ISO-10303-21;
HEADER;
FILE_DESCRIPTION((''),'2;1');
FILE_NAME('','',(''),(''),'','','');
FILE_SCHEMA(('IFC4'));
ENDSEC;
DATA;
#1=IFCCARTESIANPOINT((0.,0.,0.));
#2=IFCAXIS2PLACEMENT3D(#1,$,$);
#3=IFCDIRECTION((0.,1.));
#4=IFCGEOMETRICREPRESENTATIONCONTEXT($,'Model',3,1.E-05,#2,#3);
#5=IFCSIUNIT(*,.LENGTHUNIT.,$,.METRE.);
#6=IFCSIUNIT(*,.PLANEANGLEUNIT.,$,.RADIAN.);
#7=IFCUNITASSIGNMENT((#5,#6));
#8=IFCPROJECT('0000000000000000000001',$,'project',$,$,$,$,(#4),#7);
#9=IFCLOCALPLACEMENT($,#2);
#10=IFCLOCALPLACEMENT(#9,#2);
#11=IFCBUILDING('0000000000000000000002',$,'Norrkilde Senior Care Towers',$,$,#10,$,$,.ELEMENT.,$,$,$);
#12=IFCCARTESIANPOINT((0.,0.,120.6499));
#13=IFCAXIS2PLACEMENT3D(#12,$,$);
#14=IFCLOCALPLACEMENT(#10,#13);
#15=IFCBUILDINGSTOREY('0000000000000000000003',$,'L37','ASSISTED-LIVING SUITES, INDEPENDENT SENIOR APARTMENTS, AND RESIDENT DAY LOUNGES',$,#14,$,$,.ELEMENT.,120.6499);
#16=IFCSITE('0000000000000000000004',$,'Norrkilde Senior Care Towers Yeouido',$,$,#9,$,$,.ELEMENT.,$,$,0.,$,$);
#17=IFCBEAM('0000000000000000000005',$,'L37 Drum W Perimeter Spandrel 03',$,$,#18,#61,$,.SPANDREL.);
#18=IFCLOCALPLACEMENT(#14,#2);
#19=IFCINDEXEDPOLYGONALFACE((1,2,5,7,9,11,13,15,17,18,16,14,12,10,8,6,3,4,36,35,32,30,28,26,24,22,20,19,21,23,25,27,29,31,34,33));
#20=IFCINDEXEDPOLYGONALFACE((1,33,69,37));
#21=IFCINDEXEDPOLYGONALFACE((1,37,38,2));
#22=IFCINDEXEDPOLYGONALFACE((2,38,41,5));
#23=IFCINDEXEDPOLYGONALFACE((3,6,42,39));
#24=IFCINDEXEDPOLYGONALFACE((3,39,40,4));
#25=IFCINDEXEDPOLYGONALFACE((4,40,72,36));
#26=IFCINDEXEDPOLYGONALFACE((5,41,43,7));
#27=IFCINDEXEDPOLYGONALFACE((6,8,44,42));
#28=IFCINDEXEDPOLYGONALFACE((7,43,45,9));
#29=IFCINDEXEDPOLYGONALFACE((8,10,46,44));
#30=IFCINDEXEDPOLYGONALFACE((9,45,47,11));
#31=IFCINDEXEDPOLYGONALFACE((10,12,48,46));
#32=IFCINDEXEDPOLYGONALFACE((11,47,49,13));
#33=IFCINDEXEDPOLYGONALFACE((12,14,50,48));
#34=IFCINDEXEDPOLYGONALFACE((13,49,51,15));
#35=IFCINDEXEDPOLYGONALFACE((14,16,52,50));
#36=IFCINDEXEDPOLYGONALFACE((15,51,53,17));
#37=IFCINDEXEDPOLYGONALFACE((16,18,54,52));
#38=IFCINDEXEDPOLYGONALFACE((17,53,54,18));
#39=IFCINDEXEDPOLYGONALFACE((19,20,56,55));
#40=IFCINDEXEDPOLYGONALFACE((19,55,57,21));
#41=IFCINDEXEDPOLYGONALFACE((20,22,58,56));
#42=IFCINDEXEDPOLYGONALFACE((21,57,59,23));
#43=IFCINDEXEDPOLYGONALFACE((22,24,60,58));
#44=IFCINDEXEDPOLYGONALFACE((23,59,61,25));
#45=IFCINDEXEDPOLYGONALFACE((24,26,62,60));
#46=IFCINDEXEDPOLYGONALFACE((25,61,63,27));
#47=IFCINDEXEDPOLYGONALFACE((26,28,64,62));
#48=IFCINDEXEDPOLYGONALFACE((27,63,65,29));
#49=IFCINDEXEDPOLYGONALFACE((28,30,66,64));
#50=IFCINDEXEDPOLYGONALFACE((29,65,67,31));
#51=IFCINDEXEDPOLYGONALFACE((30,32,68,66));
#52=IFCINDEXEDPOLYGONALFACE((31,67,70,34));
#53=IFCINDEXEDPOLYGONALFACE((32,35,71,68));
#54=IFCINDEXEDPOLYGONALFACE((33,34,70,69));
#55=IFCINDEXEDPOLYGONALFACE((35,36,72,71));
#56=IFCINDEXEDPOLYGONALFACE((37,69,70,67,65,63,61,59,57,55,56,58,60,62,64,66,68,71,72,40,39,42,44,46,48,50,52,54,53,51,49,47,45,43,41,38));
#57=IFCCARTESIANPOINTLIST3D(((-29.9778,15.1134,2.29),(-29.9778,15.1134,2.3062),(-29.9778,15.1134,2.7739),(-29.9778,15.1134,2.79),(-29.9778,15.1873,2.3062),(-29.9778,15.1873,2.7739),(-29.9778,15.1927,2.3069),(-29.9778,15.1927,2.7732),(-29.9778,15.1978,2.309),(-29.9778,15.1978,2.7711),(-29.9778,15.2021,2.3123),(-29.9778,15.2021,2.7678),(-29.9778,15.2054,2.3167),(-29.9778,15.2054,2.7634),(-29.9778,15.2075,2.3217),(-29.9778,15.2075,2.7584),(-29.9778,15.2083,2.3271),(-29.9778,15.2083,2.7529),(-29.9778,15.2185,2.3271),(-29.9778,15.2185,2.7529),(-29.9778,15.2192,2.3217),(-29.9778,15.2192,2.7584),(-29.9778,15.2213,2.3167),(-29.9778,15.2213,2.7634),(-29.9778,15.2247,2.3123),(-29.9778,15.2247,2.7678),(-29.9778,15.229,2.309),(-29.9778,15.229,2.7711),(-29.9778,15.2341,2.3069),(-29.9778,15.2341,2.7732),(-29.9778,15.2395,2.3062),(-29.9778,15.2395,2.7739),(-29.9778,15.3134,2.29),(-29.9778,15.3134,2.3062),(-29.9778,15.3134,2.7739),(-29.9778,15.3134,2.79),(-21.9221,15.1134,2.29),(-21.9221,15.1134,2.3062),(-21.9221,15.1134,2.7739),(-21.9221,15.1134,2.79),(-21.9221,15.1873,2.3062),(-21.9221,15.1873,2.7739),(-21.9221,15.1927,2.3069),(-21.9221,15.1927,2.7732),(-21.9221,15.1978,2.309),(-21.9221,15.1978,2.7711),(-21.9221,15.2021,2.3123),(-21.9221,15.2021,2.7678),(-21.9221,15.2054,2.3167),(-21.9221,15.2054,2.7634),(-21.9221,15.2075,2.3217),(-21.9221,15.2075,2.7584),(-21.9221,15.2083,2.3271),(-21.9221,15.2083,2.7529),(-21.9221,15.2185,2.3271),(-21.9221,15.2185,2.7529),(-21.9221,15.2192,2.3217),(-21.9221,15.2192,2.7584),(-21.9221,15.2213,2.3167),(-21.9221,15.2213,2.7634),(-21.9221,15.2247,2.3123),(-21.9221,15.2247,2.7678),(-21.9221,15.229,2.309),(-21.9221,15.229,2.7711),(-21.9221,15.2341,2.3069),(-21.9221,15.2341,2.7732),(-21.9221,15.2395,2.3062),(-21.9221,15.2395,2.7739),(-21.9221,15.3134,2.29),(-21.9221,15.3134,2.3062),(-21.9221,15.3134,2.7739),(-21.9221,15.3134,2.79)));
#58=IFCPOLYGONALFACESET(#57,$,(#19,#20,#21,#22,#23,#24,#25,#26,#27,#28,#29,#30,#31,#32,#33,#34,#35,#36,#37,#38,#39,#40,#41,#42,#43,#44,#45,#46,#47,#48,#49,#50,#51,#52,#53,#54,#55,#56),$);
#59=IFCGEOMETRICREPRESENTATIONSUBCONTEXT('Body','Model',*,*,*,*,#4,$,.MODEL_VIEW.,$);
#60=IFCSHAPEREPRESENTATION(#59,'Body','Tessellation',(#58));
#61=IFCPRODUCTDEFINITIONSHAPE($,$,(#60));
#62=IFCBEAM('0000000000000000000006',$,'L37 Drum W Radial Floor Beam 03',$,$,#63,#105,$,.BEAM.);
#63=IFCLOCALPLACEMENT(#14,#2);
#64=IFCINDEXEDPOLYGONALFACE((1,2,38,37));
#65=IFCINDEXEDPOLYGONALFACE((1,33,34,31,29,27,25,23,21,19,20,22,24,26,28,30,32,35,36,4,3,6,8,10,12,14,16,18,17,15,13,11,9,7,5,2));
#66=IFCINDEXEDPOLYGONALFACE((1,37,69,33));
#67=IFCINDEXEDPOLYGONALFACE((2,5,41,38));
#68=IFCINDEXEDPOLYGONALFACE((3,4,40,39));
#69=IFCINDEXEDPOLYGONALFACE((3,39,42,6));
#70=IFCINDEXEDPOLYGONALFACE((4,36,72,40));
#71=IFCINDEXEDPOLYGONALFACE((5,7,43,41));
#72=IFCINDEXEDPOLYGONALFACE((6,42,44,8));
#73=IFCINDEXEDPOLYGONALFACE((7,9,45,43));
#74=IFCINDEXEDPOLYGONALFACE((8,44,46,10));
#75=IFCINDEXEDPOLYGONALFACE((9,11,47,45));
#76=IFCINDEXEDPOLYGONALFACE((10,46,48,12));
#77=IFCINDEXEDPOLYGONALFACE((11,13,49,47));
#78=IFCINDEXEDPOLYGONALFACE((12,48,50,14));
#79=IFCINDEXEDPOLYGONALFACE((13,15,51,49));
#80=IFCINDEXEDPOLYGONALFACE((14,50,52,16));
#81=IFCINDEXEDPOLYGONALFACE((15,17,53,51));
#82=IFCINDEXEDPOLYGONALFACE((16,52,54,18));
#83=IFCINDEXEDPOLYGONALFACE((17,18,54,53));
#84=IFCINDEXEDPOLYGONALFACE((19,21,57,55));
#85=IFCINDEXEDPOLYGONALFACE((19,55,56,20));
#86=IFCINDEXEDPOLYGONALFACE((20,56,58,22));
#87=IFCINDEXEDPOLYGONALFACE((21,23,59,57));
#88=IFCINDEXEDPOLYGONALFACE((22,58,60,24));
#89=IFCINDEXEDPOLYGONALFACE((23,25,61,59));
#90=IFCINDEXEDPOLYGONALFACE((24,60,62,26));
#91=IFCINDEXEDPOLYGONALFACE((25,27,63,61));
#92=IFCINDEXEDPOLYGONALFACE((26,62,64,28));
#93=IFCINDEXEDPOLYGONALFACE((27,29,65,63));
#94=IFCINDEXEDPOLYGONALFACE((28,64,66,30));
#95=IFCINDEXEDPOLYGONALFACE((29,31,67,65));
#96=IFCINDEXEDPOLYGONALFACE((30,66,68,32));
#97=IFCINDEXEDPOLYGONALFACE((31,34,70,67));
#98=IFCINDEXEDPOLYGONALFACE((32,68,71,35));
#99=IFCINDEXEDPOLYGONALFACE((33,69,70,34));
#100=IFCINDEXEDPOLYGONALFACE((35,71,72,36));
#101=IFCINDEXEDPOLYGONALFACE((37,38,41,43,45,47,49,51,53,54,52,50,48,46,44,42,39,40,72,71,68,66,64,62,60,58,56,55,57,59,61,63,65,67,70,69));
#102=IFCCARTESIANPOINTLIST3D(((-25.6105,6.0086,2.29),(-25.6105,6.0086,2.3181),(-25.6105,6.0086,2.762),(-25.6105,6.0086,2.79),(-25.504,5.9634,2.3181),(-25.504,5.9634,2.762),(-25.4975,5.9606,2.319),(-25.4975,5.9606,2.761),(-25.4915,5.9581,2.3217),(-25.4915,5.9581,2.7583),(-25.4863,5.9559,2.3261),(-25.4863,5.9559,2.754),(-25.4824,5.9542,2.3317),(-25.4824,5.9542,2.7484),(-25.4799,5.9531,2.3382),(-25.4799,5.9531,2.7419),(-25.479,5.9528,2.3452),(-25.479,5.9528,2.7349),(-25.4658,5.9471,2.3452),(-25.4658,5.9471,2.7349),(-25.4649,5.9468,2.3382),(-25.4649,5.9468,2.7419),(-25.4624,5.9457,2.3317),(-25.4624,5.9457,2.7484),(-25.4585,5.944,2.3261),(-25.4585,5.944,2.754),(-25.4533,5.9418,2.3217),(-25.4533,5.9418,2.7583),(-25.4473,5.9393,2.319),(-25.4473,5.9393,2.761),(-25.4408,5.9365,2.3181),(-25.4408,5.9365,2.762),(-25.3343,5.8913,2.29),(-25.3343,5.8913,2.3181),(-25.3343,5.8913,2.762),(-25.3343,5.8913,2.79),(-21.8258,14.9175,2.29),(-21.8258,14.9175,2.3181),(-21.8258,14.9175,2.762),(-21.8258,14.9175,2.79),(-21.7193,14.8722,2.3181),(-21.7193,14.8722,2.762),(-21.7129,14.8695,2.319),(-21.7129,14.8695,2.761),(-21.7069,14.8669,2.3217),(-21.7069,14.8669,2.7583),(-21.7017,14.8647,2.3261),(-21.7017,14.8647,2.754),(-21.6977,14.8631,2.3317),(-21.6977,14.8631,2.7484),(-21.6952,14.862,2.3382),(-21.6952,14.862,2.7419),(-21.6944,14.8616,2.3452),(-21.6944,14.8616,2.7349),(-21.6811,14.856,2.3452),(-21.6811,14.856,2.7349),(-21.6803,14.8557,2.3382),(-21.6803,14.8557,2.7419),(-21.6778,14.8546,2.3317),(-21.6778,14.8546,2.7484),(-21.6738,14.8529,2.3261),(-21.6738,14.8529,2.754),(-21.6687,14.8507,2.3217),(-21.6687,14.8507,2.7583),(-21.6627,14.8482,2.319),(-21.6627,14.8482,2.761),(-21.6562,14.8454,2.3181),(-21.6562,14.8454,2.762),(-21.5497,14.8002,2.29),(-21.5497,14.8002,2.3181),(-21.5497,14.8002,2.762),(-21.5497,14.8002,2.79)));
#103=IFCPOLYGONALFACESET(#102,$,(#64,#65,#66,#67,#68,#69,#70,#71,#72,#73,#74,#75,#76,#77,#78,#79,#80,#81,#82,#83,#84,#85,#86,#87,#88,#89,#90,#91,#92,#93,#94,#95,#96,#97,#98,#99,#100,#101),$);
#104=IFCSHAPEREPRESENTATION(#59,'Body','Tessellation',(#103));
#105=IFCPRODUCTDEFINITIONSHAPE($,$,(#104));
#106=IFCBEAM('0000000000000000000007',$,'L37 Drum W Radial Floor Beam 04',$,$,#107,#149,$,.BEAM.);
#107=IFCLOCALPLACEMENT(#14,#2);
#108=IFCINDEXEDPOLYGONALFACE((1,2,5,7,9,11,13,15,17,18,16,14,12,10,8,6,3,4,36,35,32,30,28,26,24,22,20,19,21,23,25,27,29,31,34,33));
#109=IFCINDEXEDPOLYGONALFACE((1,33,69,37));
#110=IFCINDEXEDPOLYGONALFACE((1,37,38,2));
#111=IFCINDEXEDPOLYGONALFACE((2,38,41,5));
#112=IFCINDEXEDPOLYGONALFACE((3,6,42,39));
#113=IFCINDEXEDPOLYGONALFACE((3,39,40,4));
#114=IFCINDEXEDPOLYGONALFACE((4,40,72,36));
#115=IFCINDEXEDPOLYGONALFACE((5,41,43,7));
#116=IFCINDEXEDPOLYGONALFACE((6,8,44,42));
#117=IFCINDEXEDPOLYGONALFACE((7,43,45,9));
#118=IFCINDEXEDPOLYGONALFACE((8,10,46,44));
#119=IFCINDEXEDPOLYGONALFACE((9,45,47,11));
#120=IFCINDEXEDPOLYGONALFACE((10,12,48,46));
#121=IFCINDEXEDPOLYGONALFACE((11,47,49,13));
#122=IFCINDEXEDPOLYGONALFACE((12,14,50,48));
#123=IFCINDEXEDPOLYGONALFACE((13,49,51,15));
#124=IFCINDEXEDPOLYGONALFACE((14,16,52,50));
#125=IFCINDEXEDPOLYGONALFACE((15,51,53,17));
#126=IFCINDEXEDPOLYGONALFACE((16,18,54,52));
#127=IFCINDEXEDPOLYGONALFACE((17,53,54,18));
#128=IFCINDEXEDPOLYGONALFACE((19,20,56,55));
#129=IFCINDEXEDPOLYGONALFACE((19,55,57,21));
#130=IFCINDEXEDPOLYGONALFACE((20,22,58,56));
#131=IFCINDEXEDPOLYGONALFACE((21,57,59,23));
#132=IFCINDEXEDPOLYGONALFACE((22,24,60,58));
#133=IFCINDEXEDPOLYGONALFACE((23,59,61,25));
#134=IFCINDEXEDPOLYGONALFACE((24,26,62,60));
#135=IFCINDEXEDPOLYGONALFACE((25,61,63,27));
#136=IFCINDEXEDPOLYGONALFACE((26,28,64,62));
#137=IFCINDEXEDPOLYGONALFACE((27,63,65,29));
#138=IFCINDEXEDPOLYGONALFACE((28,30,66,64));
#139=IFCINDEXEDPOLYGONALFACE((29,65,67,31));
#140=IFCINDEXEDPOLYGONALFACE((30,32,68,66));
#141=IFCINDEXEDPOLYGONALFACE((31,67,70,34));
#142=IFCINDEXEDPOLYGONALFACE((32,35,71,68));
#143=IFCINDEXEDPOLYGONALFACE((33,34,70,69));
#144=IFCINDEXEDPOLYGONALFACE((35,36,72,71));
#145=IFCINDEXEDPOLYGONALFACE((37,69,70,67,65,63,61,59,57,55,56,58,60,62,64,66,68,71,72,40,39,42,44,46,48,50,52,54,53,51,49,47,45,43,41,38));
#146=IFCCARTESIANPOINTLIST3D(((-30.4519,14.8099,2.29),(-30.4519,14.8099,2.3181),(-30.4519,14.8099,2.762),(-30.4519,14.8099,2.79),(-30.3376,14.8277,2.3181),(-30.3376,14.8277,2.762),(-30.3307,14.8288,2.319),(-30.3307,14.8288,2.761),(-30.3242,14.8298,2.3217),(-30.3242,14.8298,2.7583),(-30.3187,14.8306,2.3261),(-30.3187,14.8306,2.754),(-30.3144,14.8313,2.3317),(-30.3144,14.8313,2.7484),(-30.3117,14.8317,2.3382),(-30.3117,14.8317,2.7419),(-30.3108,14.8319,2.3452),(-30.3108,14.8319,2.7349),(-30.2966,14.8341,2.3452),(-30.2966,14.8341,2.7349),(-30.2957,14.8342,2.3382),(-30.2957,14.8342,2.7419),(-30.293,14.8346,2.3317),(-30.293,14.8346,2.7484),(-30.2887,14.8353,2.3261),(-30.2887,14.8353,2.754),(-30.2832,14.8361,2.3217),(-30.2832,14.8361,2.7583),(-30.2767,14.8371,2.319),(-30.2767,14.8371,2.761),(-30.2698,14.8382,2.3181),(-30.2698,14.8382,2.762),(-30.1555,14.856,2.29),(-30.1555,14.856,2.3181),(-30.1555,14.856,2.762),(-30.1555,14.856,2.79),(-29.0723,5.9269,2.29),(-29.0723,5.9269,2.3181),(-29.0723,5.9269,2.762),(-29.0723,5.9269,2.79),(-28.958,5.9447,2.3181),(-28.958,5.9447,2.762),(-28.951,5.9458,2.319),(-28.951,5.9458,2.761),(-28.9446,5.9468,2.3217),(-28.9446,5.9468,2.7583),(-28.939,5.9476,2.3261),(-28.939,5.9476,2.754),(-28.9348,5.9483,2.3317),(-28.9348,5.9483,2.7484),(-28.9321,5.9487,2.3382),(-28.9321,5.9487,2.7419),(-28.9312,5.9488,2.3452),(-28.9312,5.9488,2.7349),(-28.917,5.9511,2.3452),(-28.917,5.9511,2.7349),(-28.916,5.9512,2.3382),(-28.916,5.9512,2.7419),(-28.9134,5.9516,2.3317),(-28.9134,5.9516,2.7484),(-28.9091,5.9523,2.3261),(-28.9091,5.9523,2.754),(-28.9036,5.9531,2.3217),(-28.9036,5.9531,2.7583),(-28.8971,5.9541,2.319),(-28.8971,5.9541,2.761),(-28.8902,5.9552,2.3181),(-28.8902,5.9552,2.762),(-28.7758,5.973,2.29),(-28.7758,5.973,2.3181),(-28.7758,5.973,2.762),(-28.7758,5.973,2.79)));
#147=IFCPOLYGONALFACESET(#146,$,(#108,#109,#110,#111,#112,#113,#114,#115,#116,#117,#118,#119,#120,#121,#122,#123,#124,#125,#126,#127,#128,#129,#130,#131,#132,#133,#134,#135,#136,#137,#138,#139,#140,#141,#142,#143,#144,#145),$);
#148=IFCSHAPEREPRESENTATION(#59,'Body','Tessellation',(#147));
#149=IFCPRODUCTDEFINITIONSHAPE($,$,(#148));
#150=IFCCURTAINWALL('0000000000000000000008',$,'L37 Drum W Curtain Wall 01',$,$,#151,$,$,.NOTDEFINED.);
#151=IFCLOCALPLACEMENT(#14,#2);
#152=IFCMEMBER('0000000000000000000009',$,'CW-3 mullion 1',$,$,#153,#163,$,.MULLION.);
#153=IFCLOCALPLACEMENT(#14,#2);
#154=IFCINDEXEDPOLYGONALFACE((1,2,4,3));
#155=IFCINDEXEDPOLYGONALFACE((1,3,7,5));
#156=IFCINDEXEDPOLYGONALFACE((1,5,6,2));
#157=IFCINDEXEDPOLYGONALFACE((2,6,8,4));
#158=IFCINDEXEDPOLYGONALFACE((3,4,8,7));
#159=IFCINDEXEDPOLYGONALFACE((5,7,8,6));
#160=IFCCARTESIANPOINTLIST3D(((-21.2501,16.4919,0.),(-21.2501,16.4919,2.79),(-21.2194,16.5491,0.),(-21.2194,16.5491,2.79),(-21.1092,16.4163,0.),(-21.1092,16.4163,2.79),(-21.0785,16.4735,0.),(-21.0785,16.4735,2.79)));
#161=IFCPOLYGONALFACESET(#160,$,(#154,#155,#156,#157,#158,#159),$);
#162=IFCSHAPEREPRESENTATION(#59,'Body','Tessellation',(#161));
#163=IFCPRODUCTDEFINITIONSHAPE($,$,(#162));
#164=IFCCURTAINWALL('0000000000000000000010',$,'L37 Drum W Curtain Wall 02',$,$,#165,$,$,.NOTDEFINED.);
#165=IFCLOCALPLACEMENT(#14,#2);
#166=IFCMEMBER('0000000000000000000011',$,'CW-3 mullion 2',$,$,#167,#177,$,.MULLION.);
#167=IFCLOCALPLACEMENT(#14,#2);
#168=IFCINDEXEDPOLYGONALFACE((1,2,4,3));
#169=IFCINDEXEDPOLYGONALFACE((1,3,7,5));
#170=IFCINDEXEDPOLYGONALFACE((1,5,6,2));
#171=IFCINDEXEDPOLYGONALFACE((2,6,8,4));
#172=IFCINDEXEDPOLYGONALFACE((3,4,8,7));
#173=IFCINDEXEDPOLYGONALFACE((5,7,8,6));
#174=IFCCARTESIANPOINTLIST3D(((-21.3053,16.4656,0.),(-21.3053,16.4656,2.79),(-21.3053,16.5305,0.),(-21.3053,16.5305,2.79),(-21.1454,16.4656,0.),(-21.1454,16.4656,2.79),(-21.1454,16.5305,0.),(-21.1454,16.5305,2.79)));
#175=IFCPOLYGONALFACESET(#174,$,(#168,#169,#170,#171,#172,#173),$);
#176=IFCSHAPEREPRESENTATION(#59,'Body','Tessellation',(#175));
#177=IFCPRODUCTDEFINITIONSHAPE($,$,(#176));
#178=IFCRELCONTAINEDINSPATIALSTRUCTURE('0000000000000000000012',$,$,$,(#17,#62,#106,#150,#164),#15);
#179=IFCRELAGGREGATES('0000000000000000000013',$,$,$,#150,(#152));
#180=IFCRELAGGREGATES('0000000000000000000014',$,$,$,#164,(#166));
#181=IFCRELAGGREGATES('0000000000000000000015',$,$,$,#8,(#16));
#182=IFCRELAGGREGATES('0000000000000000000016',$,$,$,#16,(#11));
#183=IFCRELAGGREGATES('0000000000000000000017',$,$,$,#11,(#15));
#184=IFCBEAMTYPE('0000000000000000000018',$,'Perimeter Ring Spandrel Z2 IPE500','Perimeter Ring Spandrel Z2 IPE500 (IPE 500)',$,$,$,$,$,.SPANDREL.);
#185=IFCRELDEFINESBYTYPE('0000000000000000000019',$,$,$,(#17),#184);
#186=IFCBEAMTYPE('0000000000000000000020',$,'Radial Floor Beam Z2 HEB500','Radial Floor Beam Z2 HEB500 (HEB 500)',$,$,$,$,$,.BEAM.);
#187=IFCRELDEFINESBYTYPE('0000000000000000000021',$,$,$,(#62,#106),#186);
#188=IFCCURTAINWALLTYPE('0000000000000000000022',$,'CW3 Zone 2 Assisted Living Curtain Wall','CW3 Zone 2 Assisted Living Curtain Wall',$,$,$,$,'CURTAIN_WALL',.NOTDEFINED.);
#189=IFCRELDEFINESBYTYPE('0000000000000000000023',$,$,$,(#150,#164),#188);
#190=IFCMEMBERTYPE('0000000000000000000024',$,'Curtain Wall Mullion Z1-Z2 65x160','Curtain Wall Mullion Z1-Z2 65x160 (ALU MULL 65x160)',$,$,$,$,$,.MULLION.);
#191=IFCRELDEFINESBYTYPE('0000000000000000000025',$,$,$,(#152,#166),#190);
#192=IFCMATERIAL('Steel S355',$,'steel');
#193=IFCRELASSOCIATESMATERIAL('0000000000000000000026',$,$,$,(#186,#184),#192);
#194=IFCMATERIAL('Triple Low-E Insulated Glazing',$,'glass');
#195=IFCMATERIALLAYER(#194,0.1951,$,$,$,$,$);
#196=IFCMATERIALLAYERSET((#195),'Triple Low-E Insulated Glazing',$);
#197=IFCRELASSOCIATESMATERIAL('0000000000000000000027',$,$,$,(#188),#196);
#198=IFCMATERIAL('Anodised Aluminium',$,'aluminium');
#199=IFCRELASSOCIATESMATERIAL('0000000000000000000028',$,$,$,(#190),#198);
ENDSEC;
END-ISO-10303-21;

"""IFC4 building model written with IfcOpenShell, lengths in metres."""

from ifc_helpers import new_model, si_unit, direction, frame, origin, origin_2d, place, context, subcontext, project, spatial, rectangle, i_section, extrude, source, transform, mapped, material, layer, layer_set, material_profile, profile_set, type_object, type_shapes, element, aggregate, save


model = new_model("IFC4")

# Units and contexts
model_context = context("Model", 3, precision=1e-05, world=origin(), true_north=direction((0.0, 1.0)))
body_context = subcontext(model_context, "Body", "Model", "MODEL_VIEW")
ifc_project = project(units=[si_unit("LENGTHUNIT", "METRE"), si_unit("PLANEANGLEUNIT", "RADIAN")], contexts=[model_context])

# Site, building, storey
site_placement = place(None, origin())
site = spatial("IfcSite", under=ifc_project, at=site_placement, Name="Norrkilde Senior Care Towers Yeouido", CompositionType="ELEMENT", RefElevation=0.0)
building_placement = place(site_placement, origin())
building = spatial("IfcBuilding", under=site, at=building_placement, Name="Norrkilde Senior Care Towers", CompositionType="ELEMENT")
storey_placement = place(building_placement, frame((0.0, 0.0, 120.6499)))
storey = spatial("IfcBuildingStorey", under=building, at=storey_placement, Name="L37", Description="ASSISTED-LIVING SUITES, INDEPENDENT SENIOR APARTMENTS, AND RESIDENT DAY LOUNGES", CompositionType="ELEMENT", Elevation=120.6499)

# Beams
ifc_material_1 = material(Name="Steel S355", Category="steel")
ifc_material_profile_1 = material_profile(ifc_material_1, i_section(OverallWidth=0.3, OverallDepth=0.5, WebThickness=0.0144, FlangeThickness=0.0281, FilletRadius=0.0271, at=origin_2d()), Name="HEB 500")
ifc_profile_set_1 = profile_set([ifc_material_profile_1], Name="Steel S355")
beam_type_1 = type_object("IfcBeamType", Name="Radial Floor Beam Z2 HEB500", Description="Radial Floor Beam Z2 HEB500 (HEB 500)", PredefinedType="BEAM", material=ifc_profile_set_1)
ifc_material_profile_2 = material_profile(ifc_material_1, i_section(OverallWidth=0.2, OverallDepth=0.5, WebThickness=0.0103, FlangeThickness=0.0161, FilletRadius=0.021, at=origin_2d()), Name="IPE 500")
ifc_profile_set_2 = profile_set([ifc_material_profile_2], Name="Steel S355")
beam_type_2 = type_object("IfcBeamType", Name="Perimeter Ring Spandrel Z2 IPE500", Description="Perimeter Ring Spandrel Z2 IPE500 (IPE 500)", PredefinedType="SPANDREL", material=ifc_profile_set_2)
shared_shape_1 = source(origin(), body_context, "Body", "SweptSolid", [
    extrude(i_section(OverallWidth=0.2, OverallDepth=0.5, WebThickness=0.0103, FlangeThickness=0.0161, FilletRadius=0.021, at=origin_2d()), origin(), (0.0, 0.0, 1.0), 8.0557),
])
type_shapes(beam_type_2, [shared_shape_1])
beam_1_placement = place(storey_placement, frame((-21.9221, 15.2134, 2.54), z_axis=(-1.0, 0.0, 0.0), x_axis=(0.0, -1.0, 0.0)))
element("IfcBeam", 1, at=beam_1_placement, inside=storey, type_object=beam_type_2, Name="L37 Drum W Perimeter Spandrel 03", PredefinedType="SPANDREL", context=body_context, shape_type="MappedRepresentation", body=[
    mapped(shared_shape_1, transform((0.0, 0.0, 0.0), x_axis=(1.0, 0.0, 0.0), y_axis=(0.0, 1.0, 0.0), z_axis=(0.0, 0.0, 1.0), scale=1.0)),
])
shared_shape_2 = source(origin(), body_context, "Body", "SweptSolid", [
    extrude(i_section(OverallWidth=0.3, OverallDepth=0.5, WebThickness=0.0144, FlangeThickness=0.0281, FilletRadius=0.0271, at=origin_2d()), origin(), (0.0, 0.0, 1.0), 9.6794),
])
beam_2_placement = place(storey_placement, frame((-25.4724, 5.95, 2.54), z_axis=(0.390998, 0.920392, 0.0), x_axis=(-0.920392, 0.390998, 0.0)))
element("IfcBeam", 2, at=beam_2_placement, inside=storey, type_object=beam_type_1, Name="L37 Drum W Radial Floor Beam 03", PredefinedType="BEAM", context=body_context, shape_type="MappedRepresentation", body=[
    mapped(shared_shape_2, transform((0.0, 0.0, 0.0), x_axis=(1.0, 0.0, 0.0), y_axis=(0.0, 1.0, 0.0), z_axis=(0.0, 0.0, 1.0), scale=1.0)),
])
shared_shape_3 = source(origin(), body_context, "Body", "SweptSolid", [
    extrude(i_section(OverallWidth=0.3, OverallDepth=0.5, WebThickness=0.0144, FlangeThickness=0.0281, FilletRadius=0.0271, at=origin_2d()), origin(), (0.0, 0.0, 1.0), 8.9895),
])
beam_3_placement = place(storey_placement, frame((-28.9241, 5.95, 2.54), z_axis=(-0.153471, 0.988153, 0.0), x_axis=(-0.988153, -0.153471, 0.0)))
element("IfcBeam", 3, at=beam_3_placement, inside=storey, type_object=beam_type_1, Name="L37 Drum W Radial Floor Beam 04", PredefinedType="BEAM", context=body_context, shape_type="MappedRepresentation", body=[
    mapped(shared_shape_3, transform((0.0, 0.0, 0.0), x_axis=(1.0, 0.0, 0.0), y_axis=(0.0, 1.0, 0.0), z_axis=(0.0, 0.0, 1.0), scale=1.0)),
])

# Curtain walls, members
ifc_material_2 = material(Name="Triple Low-E Insulated Glazing", Category="glass")
ifc_layer_1 = layer(ifc_material_2, 0.1951)
ifc_layer_set_1 = layer_set([ifc_layer_1], Name="Triple Low-E Insulated Glazing")
curtain_wall_type = type_object("IfcCurtainWallType", Name="CW3 Zone 2 Assisted Living Curtain Wall", Description="CW3 Zone 2 Assisted Living Curtain Wall", ElementType="CURTAIN_WALL", PredefinedType="NOTDEFINED", material=ifc_layer_set_1)
curtain_wall_1_placement = place(storey_placement, origin())
curtain_wall_1 = element("IfcCurtainWall", 4, at=curtain_wall_1_placement, inside=storey, type_object=curtain_wall_type, Name="L37 Drum W Curtain Wall 01", PredefinedType="NOTDEFINED")
ifc_material_3 = material(Name="Anodised Aluminium", Category="aluminium")
ifc_material_profile_3 = material_profile(ifc_material_3, rectangle(XDim=0.0649, YDim=0.1599, at=origin_2d()), Name="ALU MULL 65x160")
ifc_profile_set_3 = profile_set([ifc_material_profile_3], Name="Anodised Aluminium")
member_type_1 = type_object("IfcMemberType", Name="Curtain Wall Mullion Z1-Z2 65x160", Description="Curtain Wall Mullion Z1-Z2 65x160 (ALU MULL 65x160)", PredefinedType="MULLION", material=ifc_profile_set_3)
shared_shape_4 = source(origin(), body_context, "Body", "SweptSolid", [
    extrude(rectangle(XDim=0.0649, YDim=0.1599, at=origin_2d()), origin(), (0.0, 0.0, 1.0), 2.79),
])
type_shapes(member_type_1, [shared_shape_4])
member_1_placement = place(storey_placement, frame((-21.1643, 16.4827, 0.0), z_axis=(0.0, 0.0, 1.0), x_axis=(0.472769, 0.881186, 0.0)))
member_1 = element("IfcMember", 5, at=member_1_placement, type_object=member_type_1, Name="CW-3 mullion 1", PredefinedType="MULLION", context=body_context, shape_type="MappedRepresentation", body=[
    mapped(shared_shape_4, transform((0.0, 0.0, 0.0), x_axis=(1.0, 0.0, 0.0), y_axis=(0.0, 1.0, 0.0), z_axis=(0.0, 0.0, 1.0), scale=1.0)),
])
curtain_wall_2_placement = place(storey_placement, origin())
curtain_wall_2 = element("IfcCurtainWall", 6, at=curtain_wall_2_placement, inside=storey, type_object=curtain_wall_type, Name="L37 Drum W Curtain Wall 02", PredefinedType="NOTDEFINED")
member_2_placement = place(storey_placement, frame((-21.2253, 16.498, 0.0), z_axis=(0.0, 0.0, 1.0), x_axis=(0.0, 1.0, 0.0)))
member_2 = element("IfcMember", 7, at=member_2_placement, type_object=member_type_1, Name="CW-3 mullion 2", PredefinedType="MULLION", context=body_context, shape_type="MappedRepresentation", body=[
    mapped(shared_shape_4, transform((0.0, 0.0, 0.0), x_axis=(1.0, 0.0, 0.0), y_axis=(0.0, 1.0, 0.0), z_axis=(0.0, 0.0, 1.0), scale=1.0)),
])

aggregate(curtain_wall_1, [member_1])

aggregate(curtain_wall_2, [member_2])

save(model, "model.ifc")
